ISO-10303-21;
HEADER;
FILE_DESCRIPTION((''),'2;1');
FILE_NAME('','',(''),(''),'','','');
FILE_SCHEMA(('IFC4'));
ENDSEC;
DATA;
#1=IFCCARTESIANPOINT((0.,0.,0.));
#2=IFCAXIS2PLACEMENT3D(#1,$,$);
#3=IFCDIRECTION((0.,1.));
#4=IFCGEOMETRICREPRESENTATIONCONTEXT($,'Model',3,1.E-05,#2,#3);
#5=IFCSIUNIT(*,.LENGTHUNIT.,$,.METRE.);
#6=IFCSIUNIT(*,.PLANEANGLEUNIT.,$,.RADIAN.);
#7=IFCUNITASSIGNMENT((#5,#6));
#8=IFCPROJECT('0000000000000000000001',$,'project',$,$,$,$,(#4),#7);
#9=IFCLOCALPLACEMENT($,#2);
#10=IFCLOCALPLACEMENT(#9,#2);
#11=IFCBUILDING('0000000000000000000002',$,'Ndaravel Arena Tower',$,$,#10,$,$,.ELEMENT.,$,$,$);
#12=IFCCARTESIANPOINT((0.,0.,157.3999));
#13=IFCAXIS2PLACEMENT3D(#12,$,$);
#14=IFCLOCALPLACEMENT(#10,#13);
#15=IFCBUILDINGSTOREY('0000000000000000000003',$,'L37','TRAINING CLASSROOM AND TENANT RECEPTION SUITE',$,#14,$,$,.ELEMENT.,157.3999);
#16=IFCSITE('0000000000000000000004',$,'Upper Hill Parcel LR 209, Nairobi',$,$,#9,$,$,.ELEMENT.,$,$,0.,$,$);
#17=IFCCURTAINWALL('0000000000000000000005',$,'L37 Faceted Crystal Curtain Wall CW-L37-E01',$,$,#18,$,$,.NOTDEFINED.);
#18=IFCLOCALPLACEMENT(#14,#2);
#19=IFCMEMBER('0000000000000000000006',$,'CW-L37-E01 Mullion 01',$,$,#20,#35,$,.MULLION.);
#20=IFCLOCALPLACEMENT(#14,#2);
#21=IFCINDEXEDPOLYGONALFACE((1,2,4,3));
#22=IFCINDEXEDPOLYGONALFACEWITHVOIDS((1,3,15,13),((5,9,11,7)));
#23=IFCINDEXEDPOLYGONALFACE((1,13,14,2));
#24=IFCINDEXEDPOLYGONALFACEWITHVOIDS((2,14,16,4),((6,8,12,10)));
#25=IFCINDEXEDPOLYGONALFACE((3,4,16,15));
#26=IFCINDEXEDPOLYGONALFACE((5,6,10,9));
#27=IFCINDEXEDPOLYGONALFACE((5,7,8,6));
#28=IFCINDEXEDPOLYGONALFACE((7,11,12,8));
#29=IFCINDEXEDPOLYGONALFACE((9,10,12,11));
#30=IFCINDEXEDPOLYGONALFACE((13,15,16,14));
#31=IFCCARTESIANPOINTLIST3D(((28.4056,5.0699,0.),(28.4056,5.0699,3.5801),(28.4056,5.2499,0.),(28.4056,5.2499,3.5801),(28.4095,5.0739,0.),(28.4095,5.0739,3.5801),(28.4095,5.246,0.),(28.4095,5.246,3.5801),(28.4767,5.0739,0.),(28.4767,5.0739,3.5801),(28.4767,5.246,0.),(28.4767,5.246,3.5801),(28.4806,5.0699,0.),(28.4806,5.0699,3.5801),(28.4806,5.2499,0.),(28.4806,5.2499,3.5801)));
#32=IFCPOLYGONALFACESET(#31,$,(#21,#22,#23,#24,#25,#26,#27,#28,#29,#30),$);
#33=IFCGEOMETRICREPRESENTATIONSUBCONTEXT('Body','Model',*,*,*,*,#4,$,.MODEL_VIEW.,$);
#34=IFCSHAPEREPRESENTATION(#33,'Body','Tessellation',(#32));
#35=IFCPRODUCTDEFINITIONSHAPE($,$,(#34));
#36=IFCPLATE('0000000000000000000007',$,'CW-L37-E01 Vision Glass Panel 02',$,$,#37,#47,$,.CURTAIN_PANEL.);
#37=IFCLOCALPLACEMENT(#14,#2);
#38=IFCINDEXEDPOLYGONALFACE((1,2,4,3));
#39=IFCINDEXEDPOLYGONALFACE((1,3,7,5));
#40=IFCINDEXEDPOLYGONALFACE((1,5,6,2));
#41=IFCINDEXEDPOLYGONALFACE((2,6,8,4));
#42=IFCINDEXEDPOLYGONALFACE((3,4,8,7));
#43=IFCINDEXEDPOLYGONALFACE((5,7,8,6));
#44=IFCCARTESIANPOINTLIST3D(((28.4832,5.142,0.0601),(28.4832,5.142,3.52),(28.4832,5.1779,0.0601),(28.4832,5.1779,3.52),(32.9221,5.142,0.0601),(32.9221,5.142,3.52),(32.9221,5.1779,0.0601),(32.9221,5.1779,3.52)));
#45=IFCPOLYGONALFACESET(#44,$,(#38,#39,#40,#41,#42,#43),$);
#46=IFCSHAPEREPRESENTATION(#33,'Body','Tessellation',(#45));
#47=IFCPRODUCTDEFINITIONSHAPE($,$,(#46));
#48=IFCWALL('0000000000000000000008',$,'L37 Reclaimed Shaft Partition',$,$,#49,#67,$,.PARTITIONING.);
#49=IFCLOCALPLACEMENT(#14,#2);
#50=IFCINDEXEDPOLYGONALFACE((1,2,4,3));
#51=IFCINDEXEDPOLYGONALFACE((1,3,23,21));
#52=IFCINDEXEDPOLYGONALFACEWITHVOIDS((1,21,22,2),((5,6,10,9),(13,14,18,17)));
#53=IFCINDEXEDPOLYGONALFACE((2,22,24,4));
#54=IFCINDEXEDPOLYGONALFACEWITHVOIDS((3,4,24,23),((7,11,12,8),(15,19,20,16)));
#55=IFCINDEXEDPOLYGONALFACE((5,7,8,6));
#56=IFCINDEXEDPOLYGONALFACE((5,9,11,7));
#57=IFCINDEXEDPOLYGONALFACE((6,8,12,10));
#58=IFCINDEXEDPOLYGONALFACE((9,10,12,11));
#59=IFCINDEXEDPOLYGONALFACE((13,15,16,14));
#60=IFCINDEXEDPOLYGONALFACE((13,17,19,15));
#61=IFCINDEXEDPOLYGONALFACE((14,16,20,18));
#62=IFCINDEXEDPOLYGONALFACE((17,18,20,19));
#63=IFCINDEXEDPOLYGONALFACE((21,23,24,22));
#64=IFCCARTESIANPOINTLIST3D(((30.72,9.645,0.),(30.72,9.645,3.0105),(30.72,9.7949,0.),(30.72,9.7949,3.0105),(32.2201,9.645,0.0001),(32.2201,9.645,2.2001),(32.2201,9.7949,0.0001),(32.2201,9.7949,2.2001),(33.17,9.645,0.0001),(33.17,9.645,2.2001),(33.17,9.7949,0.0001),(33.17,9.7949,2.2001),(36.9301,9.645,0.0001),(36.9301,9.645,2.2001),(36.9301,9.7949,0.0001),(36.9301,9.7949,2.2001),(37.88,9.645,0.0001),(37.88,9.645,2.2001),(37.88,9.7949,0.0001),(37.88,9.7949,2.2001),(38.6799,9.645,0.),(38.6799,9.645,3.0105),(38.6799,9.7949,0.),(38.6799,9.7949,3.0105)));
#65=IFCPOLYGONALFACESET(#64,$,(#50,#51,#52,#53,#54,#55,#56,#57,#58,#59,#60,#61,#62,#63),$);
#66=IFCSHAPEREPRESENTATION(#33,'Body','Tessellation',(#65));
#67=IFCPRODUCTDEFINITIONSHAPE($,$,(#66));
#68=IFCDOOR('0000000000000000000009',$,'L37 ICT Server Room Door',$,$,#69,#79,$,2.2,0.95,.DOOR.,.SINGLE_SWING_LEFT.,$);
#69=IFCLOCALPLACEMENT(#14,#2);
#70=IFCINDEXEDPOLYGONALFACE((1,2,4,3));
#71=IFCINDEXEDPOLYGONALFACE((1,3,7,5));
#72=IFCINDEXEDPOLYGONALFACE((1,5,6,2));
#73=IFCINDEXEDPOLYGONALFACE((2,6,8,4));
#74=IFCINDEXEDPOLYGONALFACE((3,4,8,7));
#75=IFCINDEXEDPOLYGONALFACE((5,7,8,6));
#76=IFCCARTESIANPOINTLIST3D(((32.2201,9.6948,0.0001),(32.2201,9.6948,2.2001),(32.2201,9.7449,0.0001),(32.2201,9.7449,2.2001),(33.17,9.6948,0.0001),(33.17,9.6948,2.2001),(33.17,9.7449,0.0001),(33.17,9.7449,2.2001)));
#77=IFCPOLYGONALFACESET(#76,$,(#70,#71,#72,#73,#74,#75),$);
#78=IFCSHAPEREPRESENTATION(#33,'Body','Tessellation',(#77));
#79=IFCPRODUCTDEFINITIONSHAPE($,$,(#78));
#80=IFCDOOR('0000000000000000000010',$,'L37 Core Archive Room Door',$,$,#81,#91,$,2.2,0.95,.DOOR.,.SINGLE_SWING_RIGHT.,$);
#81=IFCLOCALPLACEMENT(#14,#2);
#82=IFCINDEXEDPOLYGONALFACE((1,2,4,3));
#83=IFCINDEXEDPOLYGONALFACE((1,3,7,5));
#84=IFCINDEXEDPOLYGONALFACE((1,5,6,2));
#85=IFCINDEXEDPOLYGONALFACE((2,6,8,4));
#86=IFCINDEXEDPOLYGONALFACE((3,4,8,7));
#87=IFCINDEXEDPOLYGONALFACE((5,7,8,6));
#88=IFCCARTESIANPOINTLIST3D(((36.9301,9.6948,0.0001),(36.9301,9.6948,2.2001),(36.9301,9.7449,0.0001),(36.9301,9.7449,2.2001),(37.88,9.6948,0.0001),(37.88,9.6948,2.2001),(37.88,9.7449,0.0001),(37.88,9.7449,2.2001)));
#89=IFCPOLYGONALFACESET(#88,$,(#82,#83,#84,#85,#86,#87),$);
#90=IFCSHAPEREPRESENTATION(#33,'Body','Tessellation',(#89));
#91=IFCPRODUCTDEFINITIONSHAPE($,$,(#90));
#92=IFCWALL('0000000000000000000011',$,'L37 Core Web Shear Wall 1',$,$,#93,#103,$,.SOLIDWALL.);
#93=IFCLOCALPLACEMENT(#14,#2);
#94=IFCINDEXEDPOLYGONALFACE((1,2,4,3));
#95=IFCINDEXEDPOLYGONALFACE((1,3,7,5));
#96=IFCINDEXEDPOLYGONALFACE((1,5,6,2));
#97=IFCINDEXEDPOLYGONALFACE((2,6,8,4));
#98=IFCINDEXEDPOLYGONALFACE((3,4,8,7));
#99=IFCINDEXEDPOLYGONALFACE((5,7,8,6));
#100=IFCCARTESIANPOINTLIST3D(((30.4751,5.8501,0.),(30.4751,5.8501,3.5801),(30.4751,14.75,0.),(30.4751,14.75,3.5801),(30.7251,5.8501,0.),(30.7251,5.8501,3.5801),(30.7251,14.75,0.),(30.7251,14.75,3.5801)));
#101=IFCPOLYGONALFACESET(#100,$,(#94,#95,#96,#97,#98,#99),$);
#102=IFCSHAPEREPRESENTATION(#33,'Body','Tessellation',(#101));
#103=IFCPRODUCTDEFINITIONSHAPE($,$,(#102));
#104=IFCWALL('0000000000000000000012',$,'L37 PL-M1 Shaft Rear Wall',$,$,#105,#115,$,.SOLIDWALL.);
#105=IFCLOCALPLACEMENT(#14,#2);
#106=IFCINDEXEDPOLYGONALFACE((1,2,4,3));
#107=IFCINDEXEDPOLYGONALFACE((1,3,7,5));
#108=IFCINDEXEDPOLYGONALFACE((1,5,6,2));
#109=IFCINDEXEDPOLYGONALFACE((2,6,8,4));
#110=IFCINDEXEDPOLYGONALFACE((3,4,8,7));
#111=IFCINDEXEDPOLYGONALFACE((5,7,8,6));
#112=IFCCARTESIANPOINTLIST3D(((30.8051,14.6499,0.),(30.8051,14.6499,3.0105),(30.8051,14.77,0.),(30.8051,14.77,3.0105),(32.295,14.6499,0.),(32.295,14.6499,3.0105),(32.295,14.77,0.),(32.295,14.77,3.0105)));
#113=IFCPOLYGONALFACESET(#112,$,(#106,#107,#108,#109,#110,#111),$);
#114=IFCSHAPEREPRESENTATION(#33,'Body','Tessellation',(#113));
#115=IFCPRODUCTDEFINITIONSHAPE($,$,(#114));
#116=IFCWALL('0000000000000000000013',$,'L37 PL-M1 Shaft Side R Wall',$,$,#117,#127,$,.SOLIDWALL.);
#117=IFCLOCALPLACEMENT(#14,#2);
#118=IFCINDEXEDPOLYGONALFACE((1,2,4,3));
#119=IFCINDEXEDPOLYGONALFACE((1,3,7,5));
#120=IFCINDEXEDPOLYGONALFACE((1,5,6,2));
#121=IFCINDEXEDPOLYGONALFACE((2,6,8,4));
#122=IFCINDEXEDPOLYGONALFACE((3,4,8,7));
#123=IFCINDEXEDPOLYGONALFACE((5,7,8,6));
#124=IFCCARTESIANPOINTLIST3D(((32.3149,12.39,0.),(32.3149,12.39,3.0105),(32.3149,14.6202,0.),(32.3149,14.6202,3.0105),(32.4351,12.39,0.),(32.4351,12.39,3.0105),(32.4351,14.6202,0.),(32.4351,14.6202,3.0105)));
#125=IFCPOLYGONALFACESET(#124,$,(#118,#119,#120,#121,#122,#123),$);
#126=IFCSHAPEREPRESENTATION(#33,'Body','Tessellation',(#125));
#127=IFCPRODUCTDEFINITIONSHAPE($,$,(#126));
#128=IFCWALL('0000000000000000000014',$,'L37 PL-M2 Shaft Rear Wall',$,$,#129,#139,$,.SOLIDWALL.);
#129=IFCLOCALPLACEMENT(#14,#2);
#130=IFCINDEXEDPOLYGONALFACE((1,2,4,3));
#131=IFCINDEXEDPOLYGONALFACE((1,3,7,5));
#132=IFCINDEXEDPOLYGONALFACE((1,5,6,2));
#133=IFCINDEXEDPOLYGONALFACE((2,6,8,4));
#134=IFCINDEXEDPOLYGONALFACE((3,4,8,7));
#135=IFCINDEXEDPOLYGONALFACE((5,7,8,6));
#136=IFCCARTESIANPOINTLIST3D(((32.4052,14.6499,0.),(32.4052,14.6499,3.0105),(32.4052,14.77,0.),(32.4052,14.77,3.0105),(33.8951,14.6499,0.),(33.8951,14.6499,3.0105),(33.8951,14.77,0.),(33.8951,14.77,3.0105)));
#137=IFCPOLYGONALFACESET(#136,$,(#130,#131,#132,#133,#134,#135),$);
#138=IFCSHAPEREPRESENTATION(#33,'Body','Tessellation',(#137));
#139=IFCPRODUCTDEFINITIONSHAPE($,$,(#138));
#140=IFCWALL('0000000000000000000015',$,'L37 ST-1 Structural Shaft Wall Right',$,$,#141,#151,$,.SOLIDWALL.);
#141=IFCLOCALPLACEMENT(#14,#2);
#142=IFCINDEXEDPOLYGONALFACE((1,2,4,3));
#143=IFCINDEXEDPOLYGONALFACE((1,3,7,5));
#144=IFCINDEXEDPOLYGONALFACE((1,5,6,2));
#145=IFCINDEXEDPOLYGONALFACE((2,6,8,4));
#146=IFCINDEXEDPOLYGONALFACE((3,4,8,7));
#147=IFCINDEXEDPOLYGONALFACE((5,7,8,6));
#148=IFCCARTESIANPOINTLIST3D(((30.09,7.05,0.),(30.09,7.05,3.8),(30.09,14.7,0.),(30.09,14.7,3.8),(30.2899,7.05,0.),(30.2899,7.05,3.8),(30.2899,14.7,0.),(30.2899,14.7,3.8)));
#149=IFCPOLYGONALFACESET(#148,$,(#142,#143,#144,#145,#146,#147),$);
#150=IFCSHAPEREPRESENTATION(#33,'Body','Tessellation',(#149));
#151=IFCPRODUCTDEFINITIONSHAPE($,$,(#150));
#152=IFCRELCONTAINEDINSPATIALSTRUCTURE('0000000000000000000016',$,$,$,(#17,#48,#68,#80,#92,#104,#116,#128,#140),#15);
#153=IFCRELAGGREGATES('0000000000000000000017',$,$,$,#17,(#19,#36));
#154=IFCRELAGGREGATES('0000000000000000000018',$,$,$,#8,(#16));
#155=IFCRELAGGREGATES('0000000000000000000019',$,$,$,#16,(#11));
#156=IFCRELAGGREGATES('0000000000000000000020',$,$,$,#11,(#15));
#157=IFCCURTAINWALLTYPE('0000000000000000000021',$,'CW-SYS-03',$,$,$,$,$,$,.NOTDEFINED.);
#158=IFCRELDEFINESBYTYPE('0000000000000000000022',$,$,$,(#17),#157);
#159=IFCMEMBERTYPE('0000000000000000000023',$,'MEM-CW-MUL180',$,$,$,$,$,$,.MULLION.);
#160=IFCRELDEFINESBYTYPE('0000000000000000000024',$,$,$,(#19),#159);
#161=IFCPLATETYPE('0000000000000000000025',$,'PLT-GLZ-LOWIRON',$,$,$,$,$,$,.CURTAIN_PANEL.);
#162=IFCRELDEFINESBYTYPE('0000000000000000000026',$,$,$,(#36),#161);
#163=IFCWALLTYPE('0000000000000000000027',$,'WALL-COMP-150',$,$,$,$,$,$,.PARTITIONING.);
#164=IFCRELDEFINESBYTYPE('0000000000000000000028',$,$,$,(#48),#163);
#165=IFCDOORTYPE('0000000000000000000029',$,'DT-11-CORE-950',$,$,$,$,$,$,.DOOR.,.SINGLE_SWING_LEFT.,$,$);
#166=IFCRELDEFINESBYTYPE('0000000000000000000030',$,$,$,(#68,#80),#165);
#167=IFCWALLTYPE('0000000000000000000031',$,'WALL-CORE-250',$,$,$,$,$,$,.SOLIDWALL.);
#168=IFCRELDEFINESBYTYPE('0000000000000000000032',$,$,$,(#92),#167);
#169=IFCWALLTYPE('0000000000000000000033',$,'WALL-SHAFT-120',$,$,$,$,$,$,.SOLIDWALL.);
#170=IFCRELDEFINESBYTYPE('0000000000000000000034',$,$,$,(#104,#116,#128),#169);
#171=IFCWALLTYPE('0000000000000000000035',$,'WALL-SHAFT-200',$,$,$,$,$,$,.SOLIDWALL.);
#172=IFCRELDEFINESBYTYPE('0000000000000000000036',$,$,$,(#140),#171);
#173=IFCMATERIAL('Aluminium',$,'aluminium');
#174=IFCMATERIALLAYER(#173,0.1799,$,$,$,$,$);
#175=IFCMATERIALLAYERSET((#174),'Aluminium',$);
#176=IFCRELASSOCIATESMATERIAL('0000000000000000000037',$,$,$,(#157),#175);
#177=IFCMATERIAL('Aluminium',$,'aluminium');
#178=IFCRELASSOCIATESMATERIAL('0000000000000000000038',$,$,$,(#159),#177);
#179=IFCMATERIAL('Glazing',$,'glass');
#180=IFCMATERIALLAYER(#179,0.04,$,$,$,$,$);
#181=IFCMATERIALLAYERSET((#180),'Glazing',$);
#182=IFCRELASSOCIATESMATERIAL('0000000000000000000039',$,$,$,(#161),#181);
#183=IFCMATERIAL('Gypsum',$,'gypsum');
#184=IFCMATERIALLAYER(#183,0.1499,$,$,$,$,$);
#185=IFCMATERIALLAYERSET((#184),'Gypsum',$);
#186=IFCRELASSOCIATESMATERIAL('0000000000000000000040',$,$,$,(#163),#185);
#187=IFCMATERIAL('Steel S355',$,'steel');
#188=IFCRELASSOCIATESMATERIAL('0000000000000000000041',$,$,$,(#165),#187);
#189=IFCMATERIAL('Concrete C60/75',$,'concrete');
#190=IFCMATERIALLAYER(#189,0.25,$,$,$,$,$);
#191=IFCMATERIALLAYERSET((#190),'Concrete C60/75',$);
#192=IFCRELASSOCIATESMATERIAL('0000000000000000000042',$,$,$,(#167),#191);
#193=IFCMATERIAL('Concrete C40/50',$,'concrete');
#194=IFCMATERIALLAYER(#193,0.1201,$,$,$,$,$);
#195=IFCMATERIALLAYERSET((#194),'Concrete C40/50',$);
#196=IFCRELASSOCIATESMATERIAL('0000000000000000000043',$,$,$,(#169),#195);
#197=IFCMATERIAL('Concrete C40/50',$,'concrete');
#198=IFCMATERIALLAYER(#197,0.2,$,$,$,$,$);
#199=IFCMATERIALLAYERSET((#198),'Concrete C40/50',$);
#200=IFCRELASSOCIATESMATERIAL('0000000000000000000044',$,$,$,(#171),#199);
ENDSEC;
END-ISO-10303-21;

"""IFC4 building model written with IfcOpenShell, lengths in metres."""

from ifc_helpers import new_model, si_unit, direction, frame, frame_2d, origin, origin_2d, place, context, subcontext, project, spatial, rectangle, hollow_rectangle, extrude, material, layer, layer_set, material_profile, profile_set, type_object, element, fill, aggregate, save


model = new_model("IFC4")

# Units and contexts
model_context = context("Model", 3, precision=1e-05, world=origin(), true_north=direction((0.0, 1.0)))
body_context = subcontext(model_context, "Body", "Model", "MODEL_VIEW")
ifc_project = project(units=[si_unit("LENGTHUNIT", "METRE"), si_unit("PLANEANGLEUNIT", "RADIAN")], contexts=[model_context])

# Site, building, storey
site_placement = place(None, origin())
site = spatial("IfcSite", under=ifc_project, at=site_placement, Name="Upper Hill Parcel LR 209, Nairobi", CompositionType="ELEMENT", RefElevation=0.0)
building_placement = place(site_placement, origin())
building = spatial("IfcBuilding", under=site, at=building_placement, Name="Ndaravel Arena Tower", CompositionType="ELEMENT")
storey_placement = place(building_placement, frame((0.0, 0.0, 157.3999)))
storey = spatial("IfcBuildingStorey", under=building, at=storey_placement, Name="L37", Description="TRAINING CLASSROOM AND TENANT RECEPTION SUITE", CompositionType="ELEMENT", Elevation=157.3999)

# Curtain wall, member, plate
ifc_material_1 = material(Name="Aluminium", Category="aluminium")
ifc_layer_1 = layer(ifc_material_1, 0.1799)
ifc_layer_set_1 = layer_set([ifc_layer_1], Name="Aluminium")
curtain_wall_type = type_object("IfcCurtainWallType", Name="CW-SYS-03", PredefinedType="NOTDEFINED", material=ifc_layer_set_1)
curtain_wall_placement = place(storey_placement, origin())
curtain_wall = element("IfcCurtainWall", 1, at=curtain_wall_placement, inside=storey, type_object=curtain_wall_type, Name="L37 Faceted Crystal Curtain Wall CW-L37-E01", PredefinedType="NOTDEFINED")
ifc_material_2 = material(Name="Aluminium", Category="aluminium")
ifc_material_profile = material_profile(ifc_material_2, hollow_rectangle(XDim=0.075, YDim=0.1799, WallThickness=0.0039, at=origin_2d()), Name="CW MULLION 75x180x4")
ifc_profile_set = profile_set([ifc_material_profile], Name="Aluminium")
member_type = type_object("IfcMemberType", Name="MEM-CW-MUL180", PredefinedType="MULLION", material=ifc_profile_set)
member_placement = place(storey_placement, frame((28.4431, 5.1599, 0.0), z_axis=(0.0, 0.0, 1.0), x_axis=(1.0, 0.0, 0.0)))
member = element("IfcMember", 2, at=member_placement, type_object=member_type, Name="CW-L37-E01 Mullion 01", PredefinedType="MULLION", context=body_context, shape_type="SweptSolid", body=[
    extrude(hollow_rectangle(XDim=0.075, YDim=0.1799, WallThickness=0.0039, at=origin_2d()), origin(), (0.0, 0.0, 1.0), 3.5801),
])
ifc_material_3 = material(Name="Glazing", Category="glass")
ifc_layer_2 = layer(ifc_material_3, 0.04)
ifc_layer_set_2 = layer_set([ifc_layer_2], Name="Glazing")
plate_type = type_object("IfcPlateType", Name="PLT-GLZ-LOWIRON", PredefinedType="CURTAIN_PANEL", material=ifc_layer_set_2)
plate_placement = place(storey_placement, frame((30.7026, 5.1599, 0.0601), z_axis=(0.0, 0.0, 1.0), x_axis=(1.0, 0.0, 0.0)))
plate = element("IfcPlate", 3, at=plate_placement, type_object=plate_type, Name="CW-L37-E01 Vision Glass Panel 02", PredefinedType="CURTAIN_PANEL", context=body_context, shape_type="SweptSolid", body=[
    extrude(rectangle(XDim=4.439, YDim=0.0359, at=origin_2d()), origin(), (0.0, 0.0, 1.0), 3.46),
])
aggregate(curtain_wall, [member, plate])

# Wall, openings, doors
ifc_material_4 = material(Name="Gypsum", Category="gypsum")
ifc_layer_3 = layer(ifc_material_4, 0.1499)
ifc_layer_set_3 = layer_set([ifc_layer_3], Name="Gypsum")
wall_type_1 = type_object("IfcWallType", Name="WALL-COMP-150", PredefinedType="PARTITIONING", material=ifc_layer_set_3)
wall_1_placement = place(storey_placement, frame((30.72, 9.72, 0.0), z_axis=(0.0, 0.0, 1.0), x_axis=(1.0, 0.0, 0.0)))
wall_1 = element("IfcWall", 4, at=wall_1_placement, inside=storey, type_object=wall_type_1, Name="L37 Reclaimed Shaft Partition", PredefinedType="PARTITIONING", context=body_context, shape_type="SweptSolid", body=[
    extrude(rectangle(XDim=7.96, YDim=0.1499, at=frame_2d((3.98, 0.0))), origin(), (0.0, 0.0, 1.0), 3.0105),
])
opening_1_placement = place(wall_1_placement, frame((1.5, 0.0, 0.0)))
opening_1 = element("IfcOpeningElement", 5, at=opening_1_placement, cuts=wall_1, PredefinedType="OPENING", context=body_context, shape_type="SweptSolid", body=[
    extrude(rectangle(XDim=0.95, YDim=2.2, at=frame_2d((0.4751, 1.1001))), frame((0.0, 0.075, 0.0), z_axis=(0.0, -1.0, 0.0), x_axis=(1.0, 0.0, 0.0)), (0.0, 0.0, 1.0), 0.1499),
])
opening_2_placement = place(wall_1_placement, frame((6.21, 0.0, 0.0)))
opening_2 = element("IfcOpeningElement", 6, at=opening_2_placement, cuts=wall_1, PredefinedType="OPENING", context=body_context, shape_type="SweptSolid", body=[
    extrude(rectangle(XDim=0.95, YDim=2.2, at=frame_2d((0.4751, 1.1001))), frame((0.0, 0.075, 0.0), z_axis=(0.0, -1.0, 0.0), x_axis=(1.0, 0.0, 0.0)), (0.0, 0.0, 1.0), 0.1499),
])
ifc_material_5 = material(Name="Steel S355", Category="steel")
door_type_1 = type_object("IfcDoorType", Name="DT-11-CORE-950", OperationType="SINGLE_SWING_LEFT", PredefinedType="DOOR", material=ifc_material_5)
door_1_placement = place(opening_1_placement, origin())
door_1 = element("IfcDoor", 7, at=door_1_placement, inside=storey, type_object=door_type_1, Name="L37 ICT Server Room Door", OperationType="SINGLE_SWING_LEFT", OverallHeight=2.2, OverallWidth=0.95, PredefinedType="DOOR", context=body_context, shape_type="SweptSolid", body=[
    extrude(rectangle(XDim=0.95, YDim=2.2, at=frame_2d((0.4751, 1.1001))), frame((0.0, 0.0249, 0.0), z_axis=(0.0, -1.0, 0.0), x_axis=(1.0, 0.0, 0.0)), (0.0, 0.0, 1.0), 0.05),
])
fill(opening_1, door_1)
door_2_placement = place(opening_2_placement, origin())
door_2 = element("IfcDoor", 8, at=door_2_placement, inside=storey, type_object=door_type_1, Name="L37 Core Archive Room Door", OperationType="SINGLE_SWING_RIGHT", OverallHeight=2.2, OverallWidth=0.95, PredefinedType="DOOR", context=body_context, shape_type="SweptSolid", body=[
    extrude(rectangle(XDim=0.95, YDim=2.2, at=frame_2d((0.4751, 1.1001))), frame((0.0, 0.0249, 0.0), z_axis=(0.0, -1.0, 0.0), x_axis=(1.0, 0.0, 0.0)), (0.0, 0.0, 1.0), 0.05),
])
fill(opening_2, door_2)

# Walls
ifc_material_6 = material(Name="Concrete C60/75", Category="concrete")
ifc_layer_4 = layer(ifc_material_6, 0.25)
ifc_layer_set_4 = layer_set([ifc_layer_4], Name="Concrete C60/75")
wall_type_2 = type_object("IfcWallType", Name="WALL-CORE-250", PredefinedType="SOLIDWALL", material=ifc_layer_set_4)
wall_2_placement = place(storey_placement, frame((30.6001, 5.8501, 0.0), z_axis=(0.0, 0.0, 1.0), x_axis=(0.0, 1.0, 0.0)))
element("IfcWall", 9, at=wall_2_placement, inside=storey, type_object=wall_type_2, Name="L37 Core Web Shear Wall 1", PredefinedType="SOLIDWALL", context=body_context, shape_type="SweptSolid", body=[
    extrude(rectangle(XDim=8.8999, YDim=0.25, at=frame_2d((4.45, 0.0))), origin(), (0.0, 0.0, 1.0), 3.5801),
])
ifc_material_7 = material(Name="Concrete C40/50", Category="concrete")
ifc_layer_5 = layer(ifc_material_7, 0.1201)
ifc_layer_set_5 = layer_set([ifc_layer_5], Name="Concrete C40/50")
wall_type_3 = type_object("IfcWallType", Name="WALL-SHAFT-120", PredefinedType="SOLIDWALL", material=ifc_layer_set_5)
wall_3_placement = place(storey_placement, frame((30.8049, 14.71, 0.0), z_axis=(0.0, 0.0, 1.0), x_axis=(1.0, 0.0, 0.0)))
element("IfcWall", 10, at=wall_3_placement, inside=storey, type_object=wall_type_3, Name="L37 PL-M1 Shaft Rear Wall", PredefinedType="SOLIDWALL", context=body_context, shape_type="SweptSolid", body=[
    extrude(rectangle(XDim=1.49, YDim=0.1201, at=frame_2d((0.7451, 0.0))), origin(), (0.0, 0.0, 1.0), 3.0105),
])
wall_4_placement = place(storey_placement, frame((32.375, 12.3899, 0.0), z_axis=(0.0, 0.0, 1.0), x_axis=(0.0, 1.0, 0.0)))
element("IfcWall", 11, at=wall_4_placement, inside=storey, type_object=wall_type_3, Name="L37 PL-M1 Shaft Side R Wall", PredefinedType="SOLIDWALL", context=body_context, shape_type="SweptSolid", body=[
    extrude(rectangle(XDim=2.2302, YDim=0.1201, at=frame_2d((1.1152, 0.0))), origin(), (0.0, 0.0, 1.0), 3.0105),
])
wall_5_placement = place(storey_placement, frame((32.405, 14.71, 0.0), z_axis=(0.0, 0.0, 1.0), x_axis=(1.0, 0.0, 0.0)))
element("IfcWall", 12, at=wall_5_placement, inside=storey, type_object=wall_type_3, Name="L37 PL-M2 Shaft Rear Wall", PredefinedType="SOLIDWALL", context=body_context, shape_type="SweptSolid", body=[
    extrude(rectangle(XDim=1.49, YDim=0.1201, at=frame_2d((0.7451, 0.0))), origin(), (0.0, 0.0, 1.0), 3.0105),
])
ifc_material_8 = material(Name="Concrete C40/50", Category="concrete")
ifc_layer_6 = layer(ifc_material_8, 0.2)
ifc_layer_set_6 = layer_set([ifc_layer_6], Name="Concrete C40/50")
wall_type_4 = type_object("IfcWallType", Name="WALL-SHAFT-200", PredefinedType="SOLIDWALL", material=ifc_layer_set_6)
wall_6_placement = place(storey_placement, frame((30.1899, 14.7, 0.0), z_axis=(0.0, 0.0, 1.0), x_axis=(0.0, -1.0, 0.0)))
element("IfcWall", 13, at=wall_6_placement, inside=storey, type_object=wall_type_4, Name="L37 ST-1 Structural Shaft Wall Right", PredefinedType="SOLIDWALL", context=body_context, shape_type="SweptSolid", body=[
    extrude(rectangle(XDim=7.6499, YDim=0.2, at=frame_2d((3.825, 0.0))), origin(), (0.0, 0.0, 1.0), 3.8),
])

save(model, "model.ifc")
